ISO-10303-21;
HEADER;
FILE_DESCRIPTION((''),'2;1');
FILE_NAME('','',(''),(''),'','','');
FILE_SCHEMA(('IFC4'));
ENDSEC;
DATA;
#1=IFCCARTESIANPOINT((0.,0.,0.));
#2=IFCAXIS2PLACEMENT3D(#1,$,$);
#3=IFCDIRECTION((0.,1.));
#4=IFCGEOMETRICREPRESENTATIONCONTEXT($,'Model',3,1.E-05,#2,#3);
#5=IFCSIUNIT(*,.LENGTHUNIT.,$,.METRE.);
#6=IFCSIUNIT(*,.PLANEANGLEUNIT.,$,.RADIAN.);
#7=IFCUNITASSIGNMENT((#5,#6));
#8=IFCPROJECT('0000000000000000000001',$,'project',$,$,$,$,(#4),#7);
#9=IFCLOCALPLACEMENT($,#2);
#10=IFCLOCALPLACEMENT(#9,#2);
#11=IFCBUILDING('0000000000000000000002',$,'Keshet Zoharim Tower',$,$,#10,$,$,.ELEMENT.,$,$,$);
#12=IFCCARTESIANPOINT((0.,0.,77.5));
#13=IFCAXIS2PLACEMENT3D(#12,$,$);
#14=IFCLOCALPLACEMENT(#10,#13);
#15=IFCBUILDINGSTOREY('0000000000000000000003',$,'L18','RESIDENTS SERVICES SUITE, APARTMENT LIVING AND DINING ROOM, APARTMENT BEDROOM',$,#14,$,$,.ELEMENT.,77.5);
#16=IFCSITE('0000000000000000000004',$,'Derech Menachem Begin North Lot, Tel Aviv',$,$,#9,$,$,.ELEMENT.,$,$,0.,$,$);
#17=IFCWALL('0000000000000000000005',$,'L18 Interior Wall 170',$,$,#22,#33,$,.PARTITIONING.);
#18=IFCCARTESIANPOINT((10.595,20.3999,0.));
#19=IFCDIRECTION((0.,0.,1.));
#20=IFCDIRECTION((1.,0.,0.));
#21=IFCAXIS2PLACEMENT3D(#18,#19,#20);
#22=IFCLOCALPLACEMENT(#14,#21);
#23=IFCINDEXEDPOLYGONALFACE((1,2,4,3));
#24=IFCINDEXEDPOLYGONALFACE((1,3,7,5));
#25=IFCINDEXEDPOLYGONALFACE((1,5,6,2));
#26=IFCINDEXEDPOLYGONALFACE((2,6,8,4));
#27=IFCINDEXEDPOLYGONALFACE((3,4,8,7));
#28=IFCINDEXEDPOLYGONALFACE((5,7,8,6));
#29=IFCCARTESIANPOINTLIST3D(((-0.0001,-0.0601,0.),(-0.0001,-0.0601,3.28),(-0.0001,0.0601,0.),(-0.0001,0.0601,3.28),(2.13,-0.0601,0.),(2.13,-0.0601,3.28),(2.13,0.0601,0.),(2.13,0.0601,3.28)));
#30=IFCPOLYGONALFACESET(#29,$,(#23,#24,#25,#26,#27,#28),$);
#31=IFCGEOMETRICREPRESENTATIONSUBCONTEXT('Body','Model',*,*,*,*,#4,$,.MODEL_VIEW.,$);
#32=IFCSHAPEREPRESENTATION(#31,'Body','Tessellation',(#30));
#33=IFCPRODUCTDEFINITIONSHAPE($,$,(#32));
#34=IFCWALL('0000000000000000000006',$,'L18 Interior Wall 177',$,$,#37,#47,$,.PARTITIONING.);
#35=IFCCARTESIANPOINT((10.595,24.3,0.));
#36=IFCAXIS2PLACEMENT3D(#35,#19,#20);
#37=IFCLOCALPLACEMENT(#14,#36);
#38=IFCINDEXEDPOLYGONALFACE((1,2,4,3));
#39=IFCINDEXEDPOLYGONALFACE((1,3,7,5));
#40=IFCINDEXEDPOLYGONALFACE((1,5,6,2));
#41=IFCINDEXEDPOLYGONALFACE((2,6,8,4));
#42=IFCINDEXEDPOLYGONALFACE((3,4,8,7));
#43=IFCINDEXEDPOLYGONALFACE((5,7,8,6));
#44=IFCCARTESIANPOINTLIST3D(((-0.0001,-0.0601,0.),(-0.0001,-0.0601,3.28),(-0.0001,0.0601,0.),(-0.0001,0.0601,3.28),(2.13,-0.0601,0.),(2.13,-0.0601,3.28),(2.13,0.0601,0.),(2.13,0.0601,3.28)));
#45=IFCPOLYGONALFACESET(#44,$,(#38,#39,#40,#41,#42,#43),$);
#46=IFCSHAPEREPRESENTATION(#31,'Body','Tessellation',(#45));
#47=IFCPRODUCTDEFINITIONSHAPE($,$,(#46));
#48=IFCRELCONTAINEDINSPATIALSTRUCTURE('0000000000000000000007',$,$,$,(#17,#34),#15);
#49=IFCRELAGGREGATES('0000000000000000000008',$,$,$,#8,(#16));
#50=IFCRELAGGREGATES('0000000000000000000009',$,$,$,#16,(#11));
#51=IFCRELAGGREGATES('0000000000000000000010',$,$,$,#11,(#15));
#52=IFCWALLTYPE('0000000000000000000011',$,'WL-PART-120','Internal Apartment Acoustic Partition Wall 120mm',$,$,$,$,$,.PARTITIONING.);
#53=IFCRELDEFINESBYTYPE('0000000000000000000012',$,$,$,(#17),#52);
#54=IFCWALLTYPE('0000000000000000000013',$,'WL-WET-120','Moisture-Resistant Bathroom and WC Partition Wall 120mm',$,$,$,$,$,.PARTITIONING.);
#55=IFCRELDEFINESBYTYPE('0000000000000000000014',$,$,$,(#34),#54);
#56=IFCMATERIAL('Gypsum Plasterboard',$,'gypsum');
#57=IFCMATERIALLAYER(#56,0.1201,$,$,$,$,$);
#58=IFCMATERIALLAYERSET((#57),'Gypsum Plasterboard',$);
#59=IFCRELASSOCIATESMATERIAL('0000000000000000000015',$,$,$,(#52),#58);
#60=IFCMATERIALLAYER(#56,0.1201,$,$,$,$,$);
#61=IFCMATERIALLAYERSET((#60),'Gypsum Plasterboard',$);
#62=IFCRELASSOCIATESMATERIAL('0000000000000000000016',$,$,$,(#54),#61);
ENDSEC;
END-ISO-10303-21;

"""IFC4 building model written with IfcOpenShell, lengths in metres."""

from ifc_helpers import new_model, si_unit, direction, frame, frame_2d, origin, place, context, subcontext, project, spatial, rectangle, extrude, material, layer, layer_set, type_object, element, save


model = new_model("IFC4")

# Units and contexts
model_context = context("Model", 3, precision=1e-05, world=origin(), true_north=direction((0.0, 1.0)))
body_context = subcontext(model_context, "Body", "Model", "MODEL_VIEW")
ifc_project = project(units=[si_unit("LENGTHUNIT", "METRE"), si_unit("PLANEANGLEUNIT", "RADIAN")], contexts=[model_context])

# Site, building, storey
site_placement = place(None, origin())
site = spatial("IfcSite", under=ifc_project, at=site_placement, Name="Derech Menachem Begin North Lot, Tel Aviv", CompositionType="ELEMENT", RefElevation=0.0)
building_placement = place(site_placement, origin())
building = spatial("IfcBuilding", under=site, at=building_placement, Name="Keshet Zoharim Tower", CompositionType="ELEMENT")
storey_placement = place(building_placement, frame((0.0, 0.0, 77.5)))
storey = spatial("IfcBuildingStorey", under=building, at=storey_placement, Name="L18", Description="RESIDENTS SERVICES SUITE, APARTMENT LIVING AND DINING ROOM, APARTMENT BEDROOM", CompositionType="ELEMENT", Elevation=77.5)

# Shared definitions
ifc_material_1 = material(Name="Gypsum Plasterboard", Category="gypsum")

# Shared definitions
ifc_layer_1 = layer(ifc_material_1, 0.1201)
ifc_layer_set_1 = layer_set([ifc_layer_1], Name="Gypsum Plasterboard")
wall_type_1 = type_object("IfcWallType", Name="WL-PART-120", Description="Internal Apartment Acoustic Partition Wall 120mm", PredefinedType="PARTITIONING", material=ifc_layer_set_1)

# Wall
wall_1_placement = place(storey_placement, frame((10.595, 20.3999, 0.0), z_axis=(0.0, 0.0, 1.0), x_axis=(1.0, 0.0, 0.0)))
element("IfcWall", 1, at=wall_1_placement, inside=storey, type_object=wall_type_1, Name="L18 Interior Wall 170", PredefinedType="PARTITIONING", context=body_context, shape_type="SweptSolid", body=[
    extrude(rectangle(XDim=2.1301, YDim=0.1201, at=frame_2d((1.0649, 0.0))), origin(), (0.0, 0.0, 1.0), 3.28),
])

# Shared definitions
ifc_layer_2 = layer(ifc_material_1, 0.1201)
ifc_layer_set_2 = layer_set([ifc_layer_2], Name="Gypsum Plasterboard")
wall_type_2 = type_object("IfcWallType", Name="WL-WET-120", Description="Moisture-Resistant Bathroom and WC Partition Wall 120mm", PredefinedType="PARTITIONING", material=ifc_layer_set_2)

# Wall
wall_2_placement = place(storey_placement, frame((10.595, 24.3, 0.0), z_axis=(0.0, 0.0, 1.0), x_axis=(1.0, 0.0, 0.0)))
element("IfcWall", 2, at=wall_2_placement, inside=storey, type_object=wall_type_2, Name="L18 Interior Wall 177", PredefinedType="PARTITIONING", context=body_context, shape_type="SweptSolid", body=[
    extrude(rectangle(XDim=2.1301, YDim=0.1201, at=frame_2d((1.0649, 0.0))), origin(), (0.0, 0.0, 1.0), 3.28),
])

save(model, "model.ifc")
